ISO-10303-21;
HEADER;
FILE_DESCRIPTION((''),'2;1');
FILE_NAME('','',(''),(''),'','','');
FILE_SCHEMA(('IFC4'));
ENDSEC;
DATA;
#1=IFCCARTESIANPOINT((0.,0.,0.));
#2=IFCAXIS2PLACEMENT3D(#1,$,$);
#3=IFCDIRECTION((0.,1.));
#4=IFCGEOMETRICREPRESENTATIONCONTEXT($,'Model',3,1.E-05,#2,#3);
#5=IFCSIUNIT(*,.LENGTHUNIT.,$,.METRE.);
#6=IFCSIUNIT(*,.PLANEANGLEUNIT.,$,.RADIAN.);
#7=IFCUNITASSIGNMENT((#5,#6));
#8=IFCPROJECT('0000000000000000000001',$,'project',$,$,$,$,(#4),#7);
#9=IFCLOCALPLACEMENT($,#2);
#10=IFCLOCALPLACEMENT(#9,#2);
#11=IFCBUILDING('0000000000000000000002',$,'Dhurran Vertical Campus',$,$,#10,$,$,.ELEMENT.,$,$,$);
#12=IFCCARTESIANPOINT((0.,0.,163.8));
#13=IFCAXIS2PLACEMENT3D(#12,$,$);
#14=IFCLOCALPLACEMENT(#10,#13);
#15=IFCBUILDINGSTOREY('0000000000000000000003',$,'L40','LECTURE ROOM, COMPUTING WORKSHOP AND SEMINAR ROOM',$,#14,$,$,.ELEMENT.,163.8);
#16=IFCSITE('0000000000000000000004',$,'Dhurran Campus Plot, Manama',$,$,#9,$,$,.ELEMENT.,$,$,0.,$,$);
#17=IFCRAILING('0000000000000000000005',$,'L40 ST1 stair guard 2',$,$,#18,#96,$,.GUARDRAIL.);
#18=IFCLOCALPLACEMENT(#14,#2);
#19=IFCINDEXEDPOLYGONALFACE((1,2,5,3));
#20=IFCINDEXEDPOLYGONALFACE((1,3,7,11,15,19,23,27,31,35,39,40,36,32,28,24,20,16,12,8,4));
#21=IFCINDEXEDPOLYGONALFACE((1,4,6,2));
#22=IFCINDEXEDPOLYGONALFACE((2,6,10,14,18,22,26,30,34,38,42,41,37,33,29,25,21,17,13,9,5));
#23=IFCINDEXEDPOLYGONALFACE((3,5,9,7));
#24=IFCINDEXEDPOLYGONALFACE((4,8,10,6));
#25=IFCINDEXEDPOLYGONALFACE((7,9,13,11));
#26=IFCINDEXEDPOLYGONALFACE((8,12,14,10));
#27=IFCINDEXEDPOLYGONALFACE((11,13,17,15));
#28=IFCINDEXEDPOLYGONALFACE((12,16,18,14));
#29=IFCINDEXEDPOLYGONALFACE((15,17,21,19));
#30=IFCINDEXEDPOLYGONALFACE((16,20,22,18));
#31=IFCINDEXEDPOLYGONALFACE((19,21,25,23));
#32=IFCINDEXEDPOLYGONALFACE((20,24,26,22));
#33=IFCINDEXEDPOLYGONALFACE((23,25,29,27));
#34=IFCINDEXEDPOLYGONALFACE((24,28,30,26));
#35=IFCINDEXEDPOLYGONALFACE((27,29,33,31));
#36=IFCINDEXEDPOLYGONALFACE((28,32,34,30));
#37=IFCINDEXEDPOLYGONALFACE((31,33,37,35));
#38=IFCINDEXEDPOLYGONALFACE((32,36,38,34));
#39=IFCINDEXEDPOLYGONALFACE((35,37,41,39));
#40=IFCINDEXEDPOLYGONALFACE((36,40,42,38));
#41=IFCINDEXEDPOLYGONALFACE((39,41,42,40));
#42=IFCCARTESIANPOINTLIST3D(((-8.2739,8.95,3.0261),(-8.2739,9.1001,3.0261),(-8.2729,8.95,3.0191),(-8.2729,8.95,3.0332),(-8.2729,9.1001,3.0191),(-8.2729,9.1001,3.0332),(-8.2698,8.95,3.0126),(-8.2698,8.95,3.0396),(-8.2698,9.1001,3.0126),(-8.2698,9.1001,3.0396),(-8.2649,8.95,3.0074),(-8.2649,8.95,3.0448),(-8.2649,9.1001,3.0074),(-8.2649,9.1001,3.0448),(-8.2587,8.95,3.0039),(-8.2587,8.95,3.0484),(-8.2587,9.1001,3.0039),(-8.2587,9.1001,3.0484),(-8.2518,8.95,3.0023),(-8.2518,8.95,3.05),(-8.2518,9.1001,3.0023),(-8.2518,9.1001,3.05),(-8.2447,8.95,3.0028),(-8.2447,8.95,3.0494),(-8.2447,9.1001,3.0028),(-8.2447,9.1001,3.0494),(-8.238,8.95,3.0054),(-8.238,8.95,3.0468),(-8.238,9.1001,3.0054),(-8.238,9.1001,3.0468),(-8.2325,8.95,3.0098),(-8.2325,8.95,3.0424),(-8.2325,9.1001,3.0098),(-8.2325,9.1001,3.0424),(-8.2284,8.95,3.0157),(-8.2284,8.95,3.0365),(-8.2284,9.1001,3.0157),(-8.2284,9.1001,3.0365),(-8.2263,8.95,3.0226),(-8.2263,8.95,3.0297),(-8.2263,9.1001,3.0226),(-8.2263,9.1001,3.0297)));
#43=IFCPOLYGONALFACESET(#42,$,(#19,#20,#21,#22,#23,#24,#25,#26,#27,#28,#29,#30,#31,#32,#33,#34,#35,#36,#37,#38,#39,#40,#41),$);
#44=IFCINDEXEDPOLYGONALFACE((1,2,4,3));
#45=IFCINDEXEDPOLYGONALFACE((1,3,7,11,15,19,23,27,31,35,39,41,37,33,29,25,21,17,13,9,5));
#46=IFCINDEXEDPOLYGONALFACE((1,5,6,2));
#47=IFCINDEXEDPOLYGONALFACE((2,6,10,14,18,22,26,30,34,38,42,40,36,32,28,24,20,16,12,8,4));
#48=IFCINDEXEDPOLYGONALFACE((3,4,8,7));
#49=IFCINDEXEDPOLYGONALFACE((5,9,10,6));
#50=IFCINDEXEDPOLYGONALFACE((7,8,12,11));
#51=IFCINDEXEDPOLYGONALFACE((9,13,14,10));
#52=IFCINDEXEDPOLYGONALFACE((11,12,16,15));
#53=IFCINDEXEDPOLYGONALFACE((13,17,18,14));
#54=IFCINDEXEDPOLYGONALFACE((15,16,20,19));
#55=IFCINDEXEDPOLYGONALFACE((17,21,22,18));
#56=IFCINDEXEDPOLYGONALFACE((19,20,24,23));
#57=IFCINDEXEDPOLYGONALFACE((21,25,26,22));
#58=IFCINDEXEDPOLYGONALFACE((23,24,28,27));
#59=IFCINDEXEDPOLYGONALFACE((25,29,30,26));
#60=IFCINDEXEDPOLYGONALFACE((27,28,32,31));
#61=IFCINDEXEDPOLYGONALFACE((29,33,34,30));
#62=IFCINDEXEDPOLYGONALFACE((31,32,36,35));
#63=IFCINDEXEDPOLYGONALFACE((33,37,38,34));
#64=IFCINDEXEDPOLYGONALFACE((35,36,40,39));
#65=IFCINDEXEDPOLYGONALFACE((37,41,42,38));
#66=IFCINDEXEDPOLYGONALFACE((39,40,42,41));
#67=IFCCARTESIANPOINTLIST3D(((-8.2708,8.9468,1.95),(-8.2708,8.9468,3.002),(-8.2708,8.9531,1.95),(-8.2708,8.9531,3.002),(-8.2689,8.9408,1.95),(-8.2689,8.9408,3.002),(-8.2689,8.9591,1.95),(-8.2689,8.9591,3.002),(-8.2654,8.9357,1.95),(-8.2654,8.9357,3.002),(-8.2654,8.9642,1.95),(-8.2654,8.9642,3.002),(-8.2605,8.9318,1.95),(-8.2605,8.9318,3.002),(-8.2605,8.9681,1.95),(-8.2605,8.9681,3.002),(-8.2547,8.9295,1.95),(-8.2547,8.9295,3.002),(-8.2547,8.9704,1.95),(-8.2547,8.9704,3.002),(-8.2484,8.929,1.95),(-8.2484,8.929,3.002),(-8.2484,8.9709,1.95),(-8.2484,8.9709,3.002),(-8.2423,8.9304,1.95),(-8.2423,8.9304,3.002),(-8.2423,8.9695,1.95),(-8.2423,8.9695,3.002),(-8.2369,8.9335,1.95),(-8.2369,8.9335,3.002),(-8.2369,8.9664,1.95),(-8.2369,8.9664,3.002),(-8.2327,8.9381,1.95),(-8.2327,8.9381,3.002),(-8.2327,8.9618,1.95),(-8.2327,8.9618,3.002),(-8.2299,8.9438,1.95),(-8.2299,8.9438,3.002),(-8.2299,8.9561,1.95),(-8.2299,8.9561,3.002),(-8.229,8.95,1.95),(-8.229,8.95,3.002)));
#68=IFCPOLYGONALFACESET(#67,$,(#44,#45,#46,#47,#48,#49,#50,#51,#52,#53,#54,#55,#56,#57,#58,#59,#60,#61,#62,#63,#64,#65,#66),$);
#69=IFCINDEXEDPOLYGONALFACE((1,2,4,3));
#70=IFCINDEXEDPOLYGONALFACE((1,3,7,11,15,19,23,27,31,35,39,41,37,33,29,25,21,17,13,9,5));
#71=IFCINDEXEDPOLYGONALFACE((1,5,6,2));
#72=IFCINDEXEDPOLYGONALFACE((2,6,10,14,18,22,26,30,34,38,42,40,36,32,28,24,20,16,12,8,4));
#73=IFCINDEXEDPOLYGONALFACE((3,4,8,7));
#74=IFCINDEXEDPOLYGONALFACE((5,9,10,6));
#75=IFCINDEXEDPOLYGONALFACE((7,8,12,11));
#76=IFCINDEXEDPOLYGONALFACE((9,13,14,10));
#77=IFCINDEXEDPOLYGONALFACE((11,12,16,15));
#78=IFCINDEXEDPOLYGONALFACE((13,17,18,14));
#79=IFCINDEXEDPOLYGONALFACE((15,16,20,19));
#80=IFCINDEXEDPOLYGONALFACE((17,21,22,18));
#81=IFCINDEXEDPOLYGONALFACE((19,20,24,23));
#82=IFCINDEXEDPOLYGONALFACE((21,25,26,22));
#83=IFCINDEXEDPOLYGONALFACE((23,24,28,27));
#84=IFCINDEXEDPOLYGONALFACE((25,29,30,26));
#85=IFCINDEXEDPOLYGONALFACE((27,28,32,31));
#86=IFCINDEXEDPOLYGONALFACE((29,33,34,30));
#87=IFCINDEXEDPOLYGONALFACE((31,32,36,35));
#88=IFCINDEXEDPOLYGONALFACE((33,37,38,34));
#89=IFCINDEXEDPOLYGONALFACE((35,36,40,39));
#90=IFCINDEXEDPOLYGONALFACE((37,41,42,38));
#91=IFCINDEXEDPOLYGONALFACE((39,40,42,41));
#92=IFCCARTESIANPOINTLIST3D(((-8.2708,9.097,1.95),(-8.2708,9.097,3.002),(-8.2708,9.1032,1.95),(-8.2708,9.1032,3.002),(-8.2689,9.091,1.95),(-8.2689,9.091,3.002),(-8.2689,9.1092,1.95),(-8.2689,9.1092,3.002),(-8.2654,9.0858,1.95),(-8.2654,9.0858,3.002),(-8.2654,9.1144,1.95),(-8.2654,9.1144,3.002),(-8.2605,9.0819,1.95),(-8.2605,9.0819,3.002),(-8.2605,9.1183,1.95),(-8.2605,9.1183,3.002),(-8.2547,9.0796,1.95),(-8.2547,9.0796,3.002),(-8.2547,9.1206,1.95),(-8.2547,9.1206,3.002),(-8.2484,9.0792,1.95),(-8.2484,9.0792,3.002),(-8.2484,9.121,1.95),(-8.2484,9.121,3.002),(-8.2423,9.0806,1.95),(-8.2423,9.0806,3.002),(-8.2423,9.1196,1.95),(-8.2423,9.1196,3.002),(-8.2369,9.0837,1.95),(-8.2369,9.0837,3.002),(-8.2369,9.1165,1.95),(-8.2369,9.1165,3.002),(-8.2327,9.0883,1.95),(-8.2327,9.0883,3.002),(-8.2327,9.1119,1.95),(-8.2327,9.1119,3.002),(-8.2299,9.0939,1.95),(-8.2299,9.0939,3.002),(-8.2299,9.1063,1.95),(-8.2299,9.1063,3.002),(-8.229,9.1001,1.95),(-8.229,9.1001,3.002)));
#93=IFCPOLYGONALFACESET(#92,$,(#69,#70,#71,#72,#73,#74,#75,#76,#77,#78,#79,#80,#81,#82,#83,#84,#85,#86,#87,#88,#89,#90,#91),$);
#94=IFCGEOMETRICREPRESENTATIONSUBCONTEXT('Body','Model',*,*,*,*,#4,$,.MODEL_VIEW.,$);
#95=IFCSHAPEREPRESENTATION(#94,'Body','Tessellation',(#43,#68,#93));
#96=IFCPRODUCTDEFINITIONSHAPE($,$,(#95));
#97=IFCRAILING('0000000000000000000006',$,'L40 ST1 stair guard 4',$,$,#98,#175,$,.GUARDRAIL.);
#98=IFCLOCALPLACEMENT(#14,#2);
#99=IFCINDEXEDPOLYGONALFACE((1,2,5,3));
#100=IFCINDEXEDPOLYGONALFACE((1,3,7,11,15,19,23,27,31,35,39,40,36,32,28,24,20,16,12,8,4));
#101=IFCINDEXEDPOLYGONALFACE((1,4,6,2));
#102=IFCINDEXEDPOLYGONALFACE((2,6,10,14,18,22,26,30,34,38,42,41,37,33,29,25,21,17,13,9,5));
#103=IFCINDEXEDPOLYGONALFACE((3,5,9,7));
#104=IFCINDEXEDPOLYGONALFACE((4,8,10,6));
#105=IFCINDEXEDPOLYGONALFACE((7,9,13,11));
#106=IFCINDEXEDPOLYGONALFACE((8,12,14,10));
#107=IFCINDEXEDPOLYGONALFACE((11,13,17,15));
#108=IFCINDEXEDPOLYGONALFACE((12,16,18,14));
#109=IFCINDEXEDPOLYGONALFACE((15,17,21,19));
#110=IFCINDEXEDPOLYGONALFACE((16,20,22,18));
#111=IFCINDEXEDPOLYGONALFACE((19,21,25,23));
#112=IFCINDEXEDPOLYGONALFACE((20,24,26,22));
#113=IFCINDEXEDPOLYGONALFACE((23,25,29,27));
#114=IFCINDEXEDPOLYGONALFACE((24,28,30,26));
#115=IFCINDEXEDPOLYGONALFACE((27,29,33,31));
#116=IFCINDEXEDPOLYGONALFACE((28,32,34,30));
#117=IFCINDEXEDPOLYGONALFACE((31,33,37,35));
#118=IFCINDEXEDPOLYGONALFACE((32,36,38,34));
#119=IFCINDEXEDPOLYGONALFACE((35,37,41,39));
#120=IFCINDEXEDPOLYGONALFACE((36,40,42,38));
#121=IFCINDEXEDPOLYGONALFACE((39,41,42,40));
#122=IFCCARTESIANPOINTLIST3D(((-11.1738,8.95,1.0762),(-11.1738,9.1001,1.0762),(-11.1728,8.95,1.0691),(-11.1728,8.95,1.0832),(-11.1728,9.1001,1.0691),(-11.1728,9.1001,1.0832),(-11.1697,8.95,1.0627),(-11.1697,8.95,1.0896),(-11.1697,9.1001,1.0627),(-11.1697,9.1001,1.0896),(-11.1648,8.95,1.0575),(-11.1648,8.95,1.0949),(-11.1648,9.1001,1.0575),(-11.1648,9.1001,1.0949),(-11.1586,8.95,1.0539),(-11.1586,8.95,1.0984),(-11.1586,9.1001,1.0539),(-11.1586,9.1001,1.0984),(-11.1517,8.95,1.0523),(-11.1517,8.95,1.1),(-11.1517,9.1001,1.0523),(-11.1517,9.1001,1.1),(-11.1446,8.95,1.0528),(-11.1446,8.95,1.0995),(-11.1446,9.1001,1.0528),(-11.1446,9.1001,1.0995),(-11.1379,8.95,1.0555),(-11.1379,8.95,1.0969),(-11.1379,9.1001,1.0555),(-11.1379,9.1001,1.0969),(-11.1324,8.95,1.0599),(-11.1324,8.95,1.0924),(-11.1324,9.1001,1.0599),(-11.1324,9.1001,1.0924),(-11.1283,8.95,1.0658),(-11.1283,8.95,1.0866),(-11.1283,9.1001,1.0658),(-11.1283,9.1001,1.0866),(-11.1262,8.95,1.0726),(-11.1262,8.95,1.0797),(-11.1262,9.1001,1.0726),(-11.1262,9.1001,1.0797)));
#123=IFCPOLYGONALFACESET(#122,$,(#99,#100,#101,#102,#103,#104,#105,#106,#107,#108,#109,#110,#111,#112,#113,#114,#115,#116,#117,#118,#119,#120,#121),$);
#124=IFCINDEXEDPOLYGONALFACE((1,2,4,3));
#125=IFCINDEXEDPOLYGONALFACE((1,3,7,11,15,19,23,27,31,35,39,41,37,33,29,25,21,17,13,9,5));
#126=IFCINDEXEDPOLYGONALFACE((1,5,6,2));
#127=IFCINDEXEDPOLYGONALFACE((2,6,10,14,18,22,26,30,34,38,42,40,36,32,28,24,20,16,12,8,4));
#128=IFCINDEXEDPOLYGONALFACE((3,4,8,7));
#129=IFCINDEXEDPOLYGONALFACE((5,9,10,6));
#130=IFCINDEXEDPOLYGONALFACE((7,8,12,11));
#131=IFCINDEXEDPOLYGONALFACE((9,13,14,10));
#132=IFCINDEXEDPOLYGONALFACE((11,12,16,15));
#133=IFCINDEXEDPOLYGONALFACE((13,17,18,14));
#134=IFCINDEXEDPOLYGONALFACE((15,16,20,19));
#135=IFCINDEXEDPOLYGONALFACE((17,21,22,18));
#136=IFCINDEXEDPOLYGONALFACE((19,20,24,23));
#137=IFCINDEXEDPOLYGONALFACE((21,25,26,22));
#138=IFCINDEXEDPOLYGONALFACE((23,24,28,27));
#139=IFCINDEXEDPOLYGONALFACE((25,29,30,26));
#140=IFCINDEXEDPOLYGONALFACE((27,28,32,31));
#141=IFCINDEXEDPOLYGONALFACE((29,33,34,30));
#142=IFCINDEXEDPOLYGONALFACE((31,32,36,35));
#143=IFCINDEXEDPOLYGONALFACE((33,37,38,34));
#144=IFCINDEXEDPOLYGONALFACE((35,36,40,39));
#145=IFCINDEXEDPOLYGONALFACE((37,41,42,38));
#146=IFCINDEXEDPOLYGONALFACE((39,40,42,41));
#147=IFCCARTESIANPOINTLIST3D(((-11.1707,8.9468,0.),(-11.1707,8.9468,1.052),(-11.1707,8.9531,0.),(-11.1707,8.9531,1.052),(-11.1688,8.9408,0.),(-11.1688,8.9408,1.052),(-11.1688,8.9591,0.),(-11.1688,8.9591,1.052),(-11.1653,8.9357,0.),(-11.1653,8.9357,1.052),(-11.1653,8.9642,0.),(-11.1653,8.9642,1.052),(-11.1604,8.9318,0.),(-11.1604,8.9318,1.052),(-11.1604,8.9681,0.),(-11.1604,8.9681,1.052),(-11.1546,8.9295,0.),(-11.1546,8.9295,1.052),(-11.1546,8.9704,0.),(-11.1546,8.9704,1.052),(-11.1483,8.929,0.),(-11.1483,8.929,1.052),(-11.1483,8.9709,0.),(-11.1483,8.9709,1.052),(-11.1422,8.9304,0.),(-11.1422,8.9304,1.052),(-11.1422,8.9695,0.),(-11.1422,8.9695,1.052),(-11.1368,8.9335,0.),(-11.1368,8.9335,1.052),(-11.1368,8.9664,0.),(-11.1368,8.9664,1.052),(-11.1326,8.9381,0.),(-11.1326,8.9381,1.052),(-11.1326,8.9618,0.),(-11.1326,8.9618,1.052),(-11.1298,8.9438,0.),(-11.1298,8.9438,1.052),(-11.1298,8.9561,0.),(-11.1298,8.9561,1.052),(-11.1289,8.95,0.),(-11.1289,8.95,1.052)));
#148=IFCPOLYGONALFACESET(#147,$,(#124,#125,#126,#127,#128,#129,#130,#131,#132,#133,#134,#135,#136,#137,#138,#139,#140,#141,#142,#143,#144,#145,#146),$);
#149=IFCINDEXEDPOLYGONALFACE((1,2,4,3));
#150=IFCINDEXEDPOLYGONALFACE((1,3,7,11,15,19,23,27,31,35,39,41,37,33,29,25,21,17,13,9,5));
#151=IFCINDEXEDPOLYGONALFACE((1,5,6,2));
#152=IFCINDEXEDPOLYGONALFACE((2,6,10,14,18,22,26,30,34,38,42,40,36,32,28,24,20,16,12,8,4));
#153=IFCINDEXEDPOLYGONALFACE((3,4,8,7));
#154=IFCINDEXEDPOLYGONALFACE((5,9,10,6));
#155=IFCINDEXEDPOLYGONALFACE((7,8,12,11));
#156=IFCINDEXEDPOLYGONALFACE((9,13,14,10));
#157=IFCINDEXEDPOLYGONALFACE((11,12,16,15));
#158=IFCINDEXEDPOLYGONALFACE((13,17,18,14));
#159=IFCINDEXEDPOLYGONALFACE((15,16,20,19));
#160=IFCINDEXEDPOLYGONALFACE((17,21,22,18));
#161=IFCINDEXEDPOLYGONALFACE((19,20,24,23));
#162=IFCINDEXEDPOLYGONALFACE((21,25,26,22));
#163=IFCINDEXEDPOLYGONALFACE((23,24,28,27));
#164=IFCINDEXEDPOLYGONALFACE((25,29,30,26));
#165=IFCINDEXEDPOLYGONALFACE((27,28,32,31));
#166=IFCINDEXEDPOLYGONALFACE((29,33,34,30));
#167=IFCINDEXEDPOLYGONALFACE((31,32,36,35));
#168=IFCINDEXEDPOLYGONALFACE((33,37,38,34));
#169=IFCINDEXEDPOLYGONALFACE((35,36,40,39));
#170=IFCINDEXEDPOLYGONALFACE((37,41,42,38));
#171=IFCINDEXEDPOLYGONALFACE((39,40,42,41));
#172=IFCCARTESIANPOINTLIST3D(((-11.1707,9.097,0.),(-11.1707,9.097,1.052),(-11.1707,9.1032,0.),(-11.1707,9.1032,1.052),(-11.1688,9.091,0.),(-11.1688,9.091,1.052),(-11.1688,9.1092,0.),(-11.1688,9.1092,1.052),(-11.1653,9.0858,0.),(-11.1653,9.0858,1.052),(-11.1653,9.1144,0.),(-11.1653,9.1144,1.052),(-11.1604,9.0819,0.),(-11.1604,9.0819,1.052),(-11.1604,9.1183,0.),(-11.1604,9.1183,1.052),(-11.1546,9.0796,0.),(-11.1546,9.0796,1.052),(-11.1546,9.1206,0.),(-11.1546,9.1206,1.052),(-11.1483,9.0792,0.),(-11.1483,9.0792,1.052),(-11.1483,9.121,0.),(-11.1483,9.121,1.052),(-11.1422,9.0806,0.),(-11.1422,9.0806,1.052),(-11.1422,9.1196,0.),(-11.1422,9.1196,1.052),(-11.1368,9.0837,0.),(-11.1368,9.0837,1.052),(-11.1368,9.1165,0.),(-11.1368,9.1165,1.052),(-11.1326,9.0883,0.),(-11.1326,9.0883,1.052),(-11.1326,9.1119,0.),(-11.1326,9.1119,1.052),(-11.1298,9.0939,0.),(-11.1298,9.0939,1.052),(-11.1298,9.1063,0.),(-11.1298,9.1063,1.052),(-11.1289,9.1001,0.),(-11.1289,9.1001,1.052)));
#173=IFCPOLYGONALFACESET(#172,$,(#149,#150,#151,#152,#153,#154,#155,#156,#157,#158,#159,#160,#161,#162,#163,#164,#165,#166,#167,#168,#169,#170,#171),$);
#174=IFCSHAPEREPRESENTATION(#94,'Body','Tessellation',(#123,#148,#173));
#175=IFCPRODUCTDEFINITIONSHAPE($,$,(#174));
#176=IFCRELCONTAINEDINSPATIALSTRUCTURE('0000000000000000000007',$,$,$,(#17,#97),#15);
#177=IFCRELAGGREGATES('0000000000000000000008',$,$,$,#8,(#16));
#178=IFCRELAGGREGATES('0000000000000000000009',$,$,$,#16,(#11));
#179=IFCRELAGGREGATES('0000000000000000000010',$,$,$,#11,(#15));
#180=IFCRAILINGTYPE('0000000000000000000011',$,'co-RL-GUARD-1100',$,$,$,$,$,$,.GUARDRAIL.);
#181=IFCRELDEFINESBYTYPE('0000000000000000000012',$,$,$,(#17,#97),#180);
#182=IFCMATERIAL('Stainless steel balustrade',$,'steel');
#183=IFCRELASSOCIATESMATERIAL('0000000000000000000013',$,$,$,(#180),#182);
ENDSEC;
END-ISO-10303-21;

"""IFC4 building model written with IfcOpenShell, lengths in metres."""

from ifc_helpers import new_model, si_unit, direction, frame, origin, origin_2d, place, context, subcontext, project, spatial, circle, extrude, material, type_object, element, save


model = new_model("IFC4")

# Units and contexts
model_context = context("Model", 3, precision=1e-05, world=origin(), true_north=direction((0.0, 1.0)))
body_context = subcontext(model_context, "Body", "Model", "MODEL_VIEW")
ifc_project = project(units=[si_unit("LENGTHUNIT", "METRE"), si_unit("PLANEANGLEUNIT", "RADIAN")], contexts=[model_context])

# Site, building, storey
site_placement = place(None, origin())
site = spatial("IfcSite", under=ifc_project, at=site_placement, Name="Dhurran Campus Plot, Manama", CompositionType="ELEMENT", RefElevation=0.0)
building_placement = place(site_placement, origin())
building = spatial("IfcBuilding", under=site, at=building_placement, Name="Dhurran Vertical Campus", CompositionType="ELEMENT")
storey_placement = place(building_placement, frame((0.0, 0.0, 163.8)))
storey = spatial("IfcBuildingStorey", under=building, at=storey_placement, Name="L40", Description="LECTURE ROOM, COMPUTING WORKSHOP AND SEMINAR ROOM", CompositionType="ELEMENT", Elevation=163.8)

# Railings
ifc_material_1 = material(Name="Stainless steel balustrade", Category="steel")
railing_type_1 = type_object("IfcRailingType", Name="co-RL-GUARD-1100", PredefinedType="GUARDRAIL", material=ifc_material_1)
for number, where, name in (
    (1, (-8.25, 8.95, 1.95), "L40 ST1 stair guard 2"),
    (2, (-11.1499, 8.95, 0.0), "L40 ST1 stair guard 4"),
):
    element("IfcRailing", number, at=place(storey_placement, frame(where)), inside=storey, type_object=railing_type_1, Name=name, PredefinedType="GUARDRAIL", context=body_context, shape_type="SweptSolid", body=[
        extrude(circle(Radius=0.0239, at=origin_2d()), frame((0.0, 0.0, 1.0762), z_axis=(0.0, 1.0, 0.0), x_axis=(-1.0, 0.0, 0.0)), (0.0, 0.0, 1.0), 0.1501),
        extrude(circle(Radius=0.021, at=origin_2d()), origin(), (0.0, 0.0, 1.0), 1.052),
        extrude(circle(Radius=0.021, at=origin_2d()), frame((0.0, 0.1501, 0.0)), (0.0, 0.0, 1.0), 1.052),
    ])

save(model, "model.ifc")
